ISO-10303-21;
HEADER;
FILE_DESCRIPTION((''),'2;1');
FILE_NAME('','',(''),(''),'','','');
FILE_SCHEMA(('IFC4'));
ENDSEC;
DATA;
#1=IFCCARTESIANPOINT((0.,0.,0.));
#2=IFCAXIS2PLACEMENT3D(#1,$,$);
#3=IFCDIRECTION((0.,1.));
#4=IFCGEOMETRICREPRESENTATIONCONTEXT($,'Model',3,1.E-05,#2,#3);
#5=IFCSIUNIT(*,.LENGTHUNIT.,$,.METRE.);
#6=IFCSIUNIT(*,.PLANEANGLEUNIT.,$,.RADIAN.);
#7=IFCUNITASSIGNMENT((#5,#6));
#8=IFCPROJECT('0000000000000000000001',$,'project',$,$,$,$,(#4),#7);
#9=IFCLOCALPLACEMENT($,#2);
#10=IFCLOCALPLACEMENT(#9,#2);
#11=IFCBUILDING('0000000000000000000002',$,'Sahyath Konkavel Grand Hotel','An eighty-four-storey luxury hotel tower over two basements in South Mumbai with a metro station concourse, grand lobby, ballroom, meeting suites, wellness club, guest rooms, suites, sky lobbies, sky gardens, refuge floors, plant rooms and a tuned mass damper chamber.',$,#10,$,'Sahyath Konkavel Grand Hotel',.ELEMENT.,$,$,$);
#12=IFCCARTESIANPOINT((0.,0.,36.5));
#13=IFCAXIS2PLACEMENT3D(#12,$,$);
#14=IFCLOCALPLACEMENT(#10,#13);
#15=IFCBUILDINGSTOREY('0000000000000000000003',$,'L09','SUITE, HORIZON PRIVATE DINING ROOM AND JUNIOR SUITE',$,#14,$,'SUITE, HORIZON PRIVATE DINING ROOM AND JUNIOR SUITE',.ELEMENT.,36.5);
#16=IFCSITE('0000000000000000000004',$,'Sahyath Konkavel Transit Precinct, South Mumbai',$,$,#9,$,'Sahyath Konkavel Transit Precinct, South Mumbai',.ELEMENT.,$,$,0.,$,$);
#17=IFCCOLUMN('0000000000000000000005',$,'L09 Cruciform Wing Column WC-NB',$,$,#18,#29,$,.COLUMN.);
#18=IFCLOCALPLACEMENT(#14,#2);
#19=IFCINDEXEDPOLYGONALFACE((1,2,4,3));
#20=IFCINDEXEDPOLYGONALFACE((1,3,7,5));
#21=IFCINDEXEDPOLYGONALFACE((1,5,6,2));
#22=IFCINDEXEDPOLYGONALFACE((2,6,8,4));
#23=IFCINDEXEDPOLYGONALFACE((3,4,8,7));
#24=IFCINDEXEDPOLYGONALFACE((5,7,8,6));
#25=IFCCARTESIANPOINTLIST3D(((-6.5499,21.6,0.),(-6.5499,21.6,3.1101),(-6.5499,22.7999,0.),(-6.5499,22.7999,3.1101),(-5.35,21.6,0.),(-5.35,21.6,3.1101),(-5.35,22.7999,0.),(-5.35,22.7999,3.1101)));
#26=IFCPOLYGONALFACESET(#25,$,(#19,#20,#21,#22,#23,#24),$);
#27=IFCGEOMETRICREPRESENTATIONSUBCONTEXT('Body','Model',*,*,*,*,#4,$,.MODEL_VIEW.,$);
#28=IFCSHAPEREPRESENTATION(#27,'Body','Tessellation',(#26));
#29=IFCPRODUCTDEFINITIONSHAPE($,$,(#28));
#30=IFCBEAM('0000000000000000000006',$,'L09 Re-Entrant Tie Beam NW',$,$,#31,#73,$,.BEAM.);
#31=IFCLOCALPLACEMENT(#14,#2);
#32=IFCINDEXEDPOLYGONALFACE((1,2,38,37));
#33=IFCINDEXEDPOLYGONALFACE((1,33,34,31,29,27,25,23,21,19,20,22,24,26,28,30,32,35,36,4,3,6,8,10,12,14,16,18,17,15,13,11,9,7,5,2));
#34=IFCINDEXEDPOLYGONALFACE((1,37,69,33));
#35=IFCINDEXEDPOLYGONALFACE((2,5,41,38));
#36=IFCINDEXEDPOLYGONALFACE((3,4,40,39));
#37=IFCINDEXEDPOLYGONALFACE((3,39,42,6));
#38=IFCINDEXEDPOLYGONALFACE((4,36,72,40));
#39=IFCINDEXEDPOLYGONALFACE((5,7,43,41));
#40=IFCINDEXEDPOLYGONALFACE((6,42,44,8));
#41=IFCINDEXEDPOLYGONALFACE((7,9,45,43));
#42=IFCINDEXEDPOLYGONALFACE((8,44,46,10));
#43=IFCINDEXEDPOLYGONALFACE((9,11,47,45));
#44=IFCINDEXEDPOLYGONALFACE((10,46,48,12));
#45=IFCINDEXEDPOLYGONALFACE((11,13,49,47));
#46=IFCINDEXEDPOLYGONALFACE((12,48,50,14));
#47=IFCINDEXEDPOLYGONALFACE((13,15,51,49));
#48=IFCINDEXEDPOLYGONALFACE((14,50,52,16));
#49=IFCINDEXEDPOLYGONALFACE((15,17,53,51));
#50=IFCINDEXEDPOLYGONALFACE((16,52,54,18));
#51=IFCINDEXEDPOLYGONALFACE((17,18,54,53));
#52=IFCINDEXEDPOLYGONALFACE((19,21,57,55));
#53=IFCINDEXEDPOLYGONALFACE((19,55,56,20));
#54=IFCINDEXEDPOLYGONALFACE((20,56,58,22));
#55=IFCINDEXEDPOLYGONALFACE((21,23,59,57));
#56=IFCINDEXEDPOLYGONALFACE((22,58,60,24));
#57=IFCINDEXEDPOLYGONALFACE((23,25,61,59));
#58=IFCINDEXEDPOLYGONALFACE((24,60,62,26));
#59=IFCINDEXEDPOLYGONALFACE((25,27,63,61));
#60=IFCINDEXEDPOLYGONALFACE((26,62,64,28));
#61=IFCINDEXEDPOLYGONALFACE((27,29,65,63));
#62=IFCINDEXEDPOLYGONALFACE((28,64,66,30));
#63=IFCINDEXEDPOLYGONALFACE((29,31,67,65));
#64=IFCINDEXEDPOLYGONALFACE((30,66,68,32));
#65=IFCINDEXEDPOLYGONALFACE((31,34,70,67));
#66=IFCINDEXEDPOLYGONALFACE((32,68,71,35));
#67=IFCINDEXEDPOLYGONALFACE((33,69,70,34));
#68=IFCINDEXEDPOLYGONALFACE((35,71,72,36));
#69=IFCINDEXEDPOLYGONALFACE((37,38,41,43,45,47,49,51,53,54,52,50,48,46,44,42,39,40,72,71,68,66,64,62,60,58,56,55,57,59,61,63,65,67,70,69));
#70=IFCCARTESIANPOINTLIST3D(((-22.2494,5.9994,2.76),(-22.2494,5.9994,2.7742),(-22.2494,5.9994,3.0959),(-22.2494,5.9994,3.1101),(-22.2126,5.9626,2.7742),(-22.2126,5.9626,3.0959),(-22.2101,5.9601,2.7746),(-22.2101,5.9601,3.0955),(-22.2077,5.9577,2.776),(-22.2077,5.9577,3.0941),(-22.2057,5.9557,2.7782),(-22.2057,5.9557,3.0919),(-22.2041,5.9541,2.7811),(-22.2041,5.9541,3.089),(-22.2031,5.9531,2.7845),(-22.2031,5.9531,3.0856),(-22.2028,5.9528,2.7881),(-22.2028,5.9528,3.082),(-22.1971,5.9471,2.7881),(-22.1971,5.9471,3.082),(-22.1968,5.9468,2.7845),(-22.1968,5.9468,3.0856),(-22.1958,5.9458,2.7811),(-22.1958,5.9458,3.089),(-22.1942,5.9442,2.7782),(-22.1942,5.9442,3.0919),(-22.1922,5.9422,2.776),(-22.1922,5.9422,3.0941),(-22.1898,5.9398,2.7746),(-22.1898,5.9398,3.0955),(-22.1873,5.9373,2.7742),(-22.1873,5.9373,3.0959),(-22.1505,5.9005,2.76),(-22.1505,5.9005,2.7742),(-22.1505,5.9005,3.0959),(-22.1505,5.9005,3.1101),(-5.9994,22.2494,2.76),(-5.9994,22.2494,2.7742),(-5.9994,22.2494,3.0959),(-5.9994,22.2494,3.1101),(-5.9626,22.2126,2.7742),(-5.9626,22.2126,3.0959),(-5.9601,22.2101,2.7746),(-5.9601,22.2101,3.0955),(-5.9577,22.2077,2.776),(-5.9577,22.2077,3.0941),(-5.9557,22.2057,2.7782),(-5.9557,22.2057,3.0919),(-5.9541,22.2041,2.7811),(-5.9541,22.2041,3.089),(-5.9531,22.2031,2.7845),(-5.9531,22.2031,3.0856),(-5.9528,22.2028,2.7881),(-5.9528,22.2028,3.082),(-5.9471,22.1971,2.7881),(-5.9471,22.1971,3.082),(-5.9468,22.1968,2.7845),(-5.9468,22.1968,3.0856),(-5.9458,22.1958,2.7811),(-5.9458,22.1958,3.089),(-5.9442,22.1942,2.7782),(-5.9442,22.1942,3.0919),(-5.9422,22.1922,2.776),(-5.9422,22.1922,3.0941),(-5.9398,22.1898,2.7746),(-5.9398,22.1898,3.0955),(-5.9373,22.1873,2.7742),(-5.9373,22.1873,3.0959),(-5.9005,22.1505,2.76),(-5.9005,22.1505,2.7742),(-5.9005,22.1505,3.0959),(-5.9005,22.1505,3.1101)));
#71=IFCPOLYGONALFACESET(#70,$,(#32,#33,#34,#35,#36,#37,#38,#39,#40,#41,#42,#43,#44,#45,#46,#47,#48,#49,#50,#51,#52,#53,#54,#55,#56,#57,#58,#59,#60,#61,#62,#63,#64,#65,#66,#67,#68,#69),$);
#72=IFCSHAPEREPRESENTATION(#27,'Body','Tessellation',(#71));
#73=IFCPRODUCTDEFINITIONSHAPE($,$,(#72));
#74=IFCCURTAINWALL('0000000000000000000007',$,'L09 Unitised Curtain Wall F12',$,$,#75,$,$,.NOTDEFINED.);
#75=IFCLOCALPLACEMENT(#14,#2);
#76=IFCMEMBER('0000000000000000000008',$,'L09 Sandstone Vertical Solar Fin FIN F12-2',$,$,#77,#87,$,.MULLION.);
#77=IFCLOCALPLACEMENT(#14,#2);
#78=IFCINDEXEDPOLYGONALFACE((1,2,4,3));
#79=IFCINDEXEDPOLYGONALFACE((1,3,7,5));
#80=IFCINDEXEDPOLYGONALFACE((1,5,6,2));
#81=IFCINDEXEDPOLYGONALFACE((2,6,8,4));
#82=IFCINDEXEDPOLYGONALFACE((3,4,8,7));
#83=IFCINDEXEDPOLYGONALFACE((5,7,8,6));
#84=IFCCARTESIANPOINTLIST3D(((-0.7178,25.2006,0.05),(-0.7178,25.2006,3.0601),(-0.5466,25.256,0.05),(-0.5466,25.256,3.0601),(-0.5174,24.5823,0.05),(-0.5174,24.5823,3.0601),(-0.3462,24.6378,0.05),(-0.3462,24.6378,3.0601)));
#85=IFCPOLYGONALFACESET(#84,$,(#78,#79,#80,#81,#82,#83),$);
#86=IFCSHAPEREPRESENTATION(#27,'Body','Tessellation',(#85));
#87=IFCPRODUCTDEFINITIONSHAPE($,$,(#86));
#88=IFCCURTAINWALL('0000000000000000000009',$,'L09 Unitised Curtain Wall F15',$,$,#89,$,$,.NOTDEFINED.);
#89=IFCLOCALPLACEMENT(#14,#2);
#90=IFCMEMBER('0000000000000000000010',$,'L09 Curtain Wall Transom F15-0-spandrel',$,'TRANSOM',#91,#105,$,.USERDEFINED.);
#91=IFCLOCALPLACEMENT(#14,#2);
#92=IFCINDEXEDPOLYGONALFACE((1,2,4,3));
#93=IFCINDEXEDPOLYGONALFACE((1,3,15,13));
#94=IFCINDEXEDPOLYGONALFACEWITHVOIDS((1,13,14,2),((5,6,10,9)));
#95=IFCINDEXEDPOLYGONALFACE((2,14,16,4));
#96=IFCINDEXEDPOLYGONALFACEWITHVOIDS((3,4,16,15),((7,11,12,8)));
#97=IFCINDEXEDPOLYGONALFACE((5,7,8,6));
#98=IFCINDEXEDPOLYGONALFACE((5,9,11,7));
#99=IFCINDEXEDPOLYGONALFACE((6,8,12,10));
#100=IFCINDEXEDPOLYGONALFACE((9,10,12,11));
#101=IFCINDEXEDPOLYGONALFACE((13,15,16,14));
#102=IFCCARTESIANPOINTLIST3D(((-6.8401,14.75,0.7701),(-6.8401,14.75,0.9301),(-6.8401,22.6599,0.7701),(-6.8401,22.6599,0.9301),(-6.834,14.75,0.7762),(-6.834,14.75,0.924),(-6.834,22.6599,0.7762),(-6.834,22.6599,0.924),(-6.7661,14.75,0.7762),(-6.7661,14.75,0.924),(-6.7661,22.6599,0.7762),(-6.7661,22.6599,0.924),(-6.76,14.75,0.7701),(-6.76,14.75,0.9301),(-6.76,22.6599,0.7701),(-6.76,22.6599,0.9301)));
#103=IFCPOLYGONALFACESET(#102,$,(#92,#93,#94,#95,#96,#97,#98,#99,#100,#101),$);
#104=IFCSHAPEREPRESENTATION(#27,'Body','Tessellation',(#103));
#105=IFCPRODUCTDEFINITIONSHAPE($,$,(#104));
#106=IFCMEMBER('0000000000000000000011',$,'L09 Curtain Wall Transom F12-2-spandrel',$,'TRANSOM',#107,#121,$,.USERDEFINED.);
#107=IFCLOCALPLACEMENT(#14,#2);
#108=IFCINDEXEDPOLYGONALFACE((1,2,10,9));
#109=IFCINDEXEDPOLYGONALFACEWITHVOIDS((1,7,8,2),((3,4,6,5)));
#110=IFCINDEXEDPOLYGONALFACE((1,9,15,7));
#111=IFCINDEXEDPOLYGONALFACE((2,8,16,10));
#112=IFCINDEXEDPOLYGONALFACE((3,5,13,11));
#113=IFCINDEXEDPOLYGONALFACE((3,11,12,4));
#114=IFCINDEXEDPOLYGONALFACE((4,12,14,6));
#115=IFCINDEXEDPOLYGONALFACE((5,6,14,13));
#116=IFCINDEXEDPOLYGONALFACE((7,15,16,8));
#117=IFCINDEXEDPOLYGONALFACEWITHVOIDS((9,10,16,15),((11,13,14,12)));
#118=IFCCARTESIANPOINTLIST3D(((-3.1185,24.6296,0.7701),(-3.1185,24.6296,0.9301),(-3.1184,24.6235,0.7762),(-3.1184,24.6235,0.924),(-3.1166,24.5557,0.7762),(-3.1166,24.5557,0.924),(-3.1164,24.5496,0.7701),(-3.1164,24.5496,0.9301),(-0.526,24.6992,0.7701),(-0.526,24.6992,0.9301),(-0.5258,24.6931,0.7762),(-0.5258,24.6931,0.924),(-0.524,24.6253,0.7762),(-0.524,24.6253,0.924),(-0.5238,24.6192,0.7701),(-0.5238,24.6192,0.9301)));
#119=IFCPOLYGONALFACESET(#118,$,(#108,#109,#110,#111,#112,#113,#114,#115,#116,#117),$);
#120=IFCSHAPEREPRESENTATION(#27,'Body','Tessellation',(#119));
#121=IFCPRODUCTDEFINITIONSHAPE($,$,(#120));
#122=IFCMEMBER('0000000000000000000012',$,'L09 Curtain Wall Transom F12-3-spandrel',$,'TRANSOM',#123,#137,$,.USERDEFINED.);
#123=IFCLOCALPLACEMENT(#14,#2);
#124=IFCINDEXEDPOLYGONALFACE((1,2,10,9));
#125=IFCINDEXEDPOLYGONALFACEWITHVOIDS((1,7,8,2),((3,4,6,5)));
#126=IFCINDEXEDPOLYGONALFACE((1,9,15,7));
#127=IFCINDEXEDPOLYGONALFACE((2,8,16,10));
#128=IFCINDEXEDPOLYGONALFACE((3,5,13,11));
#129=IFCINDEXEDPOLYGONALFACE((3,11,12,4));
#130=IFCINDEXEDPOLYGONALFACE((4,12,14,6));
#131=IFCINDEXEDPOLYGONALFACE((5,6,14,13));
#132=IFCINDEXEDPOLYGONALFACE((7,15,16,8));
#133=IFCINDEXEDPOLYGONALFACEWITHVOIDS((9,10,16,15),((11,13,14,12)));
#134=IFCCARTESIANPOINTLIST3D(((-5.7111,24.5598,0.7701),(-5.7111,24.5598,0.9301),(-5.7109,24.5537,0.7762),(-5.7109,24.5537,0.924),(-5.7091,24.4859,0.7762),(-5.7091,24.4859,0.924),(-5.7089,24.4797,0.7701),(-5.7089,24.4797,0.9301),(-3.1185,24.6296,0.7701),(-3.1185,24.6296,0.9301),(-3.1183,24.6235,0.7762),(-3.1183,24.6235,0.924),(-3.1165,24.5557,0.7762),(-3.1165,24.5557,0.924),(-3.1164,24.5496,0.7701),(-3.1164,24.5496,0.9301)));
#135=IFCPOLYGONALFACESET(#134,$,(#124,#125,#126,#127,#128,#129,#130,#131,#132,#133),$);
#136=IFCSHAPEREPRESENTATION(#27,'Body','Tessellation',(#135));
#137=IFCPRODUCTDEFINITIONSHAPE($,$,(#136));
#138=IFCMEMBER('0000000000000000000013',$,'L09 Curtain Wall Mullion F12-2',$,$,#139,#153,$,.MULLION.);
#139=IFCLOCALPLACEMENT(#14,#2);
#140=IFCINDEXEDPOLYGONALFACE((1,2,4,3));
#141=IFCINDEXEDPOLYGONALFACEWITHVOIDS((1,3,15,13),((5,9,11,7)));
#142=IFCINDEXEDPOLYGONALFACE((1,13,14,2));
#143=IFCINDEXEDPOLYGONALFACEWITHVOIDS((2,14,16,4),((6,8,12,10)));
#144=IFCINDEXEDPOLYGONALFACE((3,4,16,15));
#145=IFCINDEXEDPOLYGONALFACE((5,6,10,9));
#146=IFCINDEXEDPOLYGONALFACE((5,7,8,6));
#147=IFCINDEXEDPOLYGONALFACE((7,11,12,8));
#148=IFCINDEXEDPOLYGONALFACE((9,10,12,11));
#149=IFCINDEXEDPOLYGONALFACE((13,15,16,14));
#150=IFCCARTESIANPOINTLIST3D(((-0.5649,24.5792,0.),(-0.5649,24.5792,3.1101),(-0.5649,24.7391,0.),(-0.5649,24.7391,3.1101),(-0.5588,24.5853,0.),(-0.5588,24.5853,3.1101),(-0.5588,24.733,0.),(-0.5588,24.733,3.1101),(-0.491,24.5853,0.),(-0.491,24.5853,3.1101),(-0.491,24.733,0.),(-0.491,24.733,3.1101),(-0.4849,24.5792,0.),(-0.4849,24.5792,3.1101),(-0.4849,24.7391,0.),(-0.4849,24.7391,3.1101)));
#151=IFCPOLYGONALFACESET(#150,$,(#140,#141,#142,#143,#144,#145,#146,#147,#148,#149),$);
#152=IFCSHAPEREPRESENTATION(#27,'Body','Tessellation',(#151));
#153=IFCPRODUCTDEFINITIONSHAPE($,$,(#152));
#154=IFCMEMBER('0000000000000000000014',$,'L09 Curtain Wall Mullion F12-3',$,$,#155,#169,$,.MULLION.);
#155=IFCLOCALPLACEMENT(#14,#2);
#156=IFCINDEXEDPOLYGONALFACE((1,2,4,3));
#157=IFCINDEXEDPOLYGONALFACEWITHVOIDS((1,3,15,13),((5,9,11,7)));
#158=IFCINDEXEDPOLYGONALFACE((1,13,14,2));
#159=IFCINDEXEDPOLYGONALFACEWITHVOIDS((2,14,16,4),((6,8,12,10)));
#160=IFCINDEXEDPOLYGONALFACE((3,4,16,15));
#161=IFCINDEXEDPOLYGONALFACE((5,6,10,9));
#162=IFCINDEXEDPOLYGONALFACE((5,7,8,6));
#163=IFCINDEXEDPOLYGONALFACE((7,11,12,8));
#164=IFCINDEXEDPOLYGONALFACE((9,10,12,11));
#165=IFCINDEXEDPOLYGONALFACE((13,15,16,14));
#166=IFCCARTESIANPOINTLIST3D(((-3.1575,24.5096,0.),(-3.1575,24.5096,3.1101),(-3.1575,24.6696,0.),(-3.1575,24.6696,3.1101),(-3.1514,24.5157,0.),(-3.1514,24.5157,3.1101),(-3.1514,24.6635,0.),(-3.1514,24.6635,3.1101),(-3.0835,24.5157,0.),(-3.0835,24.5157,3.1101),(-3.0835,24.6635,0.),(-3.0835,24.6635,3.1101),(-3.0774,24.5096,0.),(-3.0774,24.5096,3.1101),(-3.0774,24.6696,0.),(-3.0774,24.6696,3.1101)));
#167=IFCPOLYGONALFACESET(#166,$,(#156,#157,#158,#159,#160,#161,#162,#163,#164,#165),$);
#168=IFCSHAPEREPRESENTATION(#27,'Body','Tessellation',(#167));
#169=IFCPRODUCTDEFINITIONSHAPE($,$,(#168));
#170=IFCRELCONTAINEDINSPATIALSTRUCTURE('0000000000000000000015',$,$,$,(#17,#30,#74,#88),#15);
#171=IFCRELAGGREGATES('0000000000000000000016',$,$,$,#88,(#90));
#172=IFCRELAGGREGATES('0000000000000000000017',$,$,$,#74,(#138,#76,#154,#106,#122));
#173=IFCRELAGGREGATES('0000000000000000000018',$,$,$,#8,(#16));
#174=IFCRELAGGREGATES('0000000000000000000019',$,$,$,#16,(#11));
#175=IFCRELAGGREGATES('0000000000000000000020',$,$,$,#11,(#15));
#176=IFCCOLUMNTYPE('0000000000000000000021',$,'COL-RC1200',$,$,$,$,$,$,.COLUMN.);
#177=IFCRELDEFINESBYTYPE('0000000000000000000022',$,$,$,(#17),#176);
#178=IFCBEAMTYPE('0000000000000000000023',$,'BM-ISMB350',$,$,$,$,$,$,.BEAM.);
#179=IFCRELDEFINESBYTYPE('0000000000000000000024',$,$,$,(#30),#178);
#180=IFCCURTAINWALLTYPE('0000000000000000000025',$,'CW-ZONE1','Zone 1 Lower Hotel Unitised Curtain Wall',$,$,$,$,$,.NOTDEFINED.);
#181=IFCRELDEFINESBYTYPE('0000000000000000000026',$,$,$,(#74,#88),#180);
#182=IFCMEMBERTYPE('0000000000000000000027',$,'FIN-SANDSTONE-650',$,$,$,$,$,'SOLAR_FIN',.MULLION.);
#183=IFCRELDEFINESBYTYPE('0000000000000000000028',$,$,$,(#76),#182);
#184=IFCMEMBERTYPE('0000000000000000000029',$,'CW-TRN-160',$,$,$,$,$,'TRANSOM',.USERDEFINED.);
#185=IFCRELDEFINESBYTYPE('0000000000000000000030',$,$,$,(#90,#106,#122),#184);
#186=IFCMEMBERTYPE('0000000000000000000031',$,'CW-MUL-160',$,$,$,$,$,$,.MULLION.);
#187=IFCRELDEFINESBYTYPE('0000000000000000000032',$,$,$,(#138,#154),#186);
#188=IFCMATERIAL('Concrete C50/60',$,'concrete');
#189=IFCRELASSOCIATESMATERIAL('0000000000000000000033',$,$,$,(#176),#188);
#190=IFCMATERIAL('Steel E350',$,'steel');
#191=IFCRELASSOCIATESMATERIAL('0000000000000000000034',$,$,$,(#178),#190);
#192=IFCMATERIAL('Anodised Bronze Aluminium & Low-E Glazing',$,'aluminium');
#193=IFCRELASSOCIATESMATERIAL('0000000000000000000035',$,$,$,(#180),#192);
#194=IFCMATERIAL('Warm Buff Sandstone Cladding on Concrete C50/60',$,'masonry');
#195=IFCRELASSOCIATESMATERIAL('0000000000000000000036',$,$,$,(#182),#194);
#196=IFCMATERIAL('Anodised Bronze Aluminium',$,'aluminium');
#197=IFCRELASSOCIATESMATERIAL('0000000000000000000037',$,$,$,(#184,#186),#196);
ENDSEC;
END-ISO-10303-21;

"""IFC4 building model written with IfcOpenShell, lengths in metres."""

from ifc_helpers import new_model, si_unit, direction, frame, origin, origin_2d, place, context, subcontext, project, spatial, rectangle, hollow_rectangle, i_section, extrude, source, transform, mapped, material, material_profile, profile_set, type_object, element, aggregate, save


model = new_model("IFC4")

# Units and contexts
model_context = context("Model", 3, precision=1e-05, world=origin(), true_north=direction((0.0, 1.0)))
body_context = subcontext(model_context, "Body", "Model", "MODEL_VIEW")
ifc_project = project(units=[si_unit("LENGTHUNIT", "METRE"), si_unit("PLANEANGLEUNIT", "RADIAN")], contexts=[model_context])

# Site, building, storey
site_placement = place(None, origin())
site = spatial("IfcSite", under=ifc_project, at=site_placement, Name="Sahyath Konkavel Transit Precinct, South Mumbai", LongName="Sahyath Konkavel Transit Precinct, South Mumbai", CompositionType="ELEMENT", RefElevation=0.0)
building_placement = place(site_placement, origin())
building = spatial("IfcBuilding", under=site, at=building_placement, Name="Sahyath Konkavel Grand Hotel", Description="An eighty-four-storey luxury hotel tower over two basements in South Mumbai with a metro station concourse, grand lobby, ballroom, meeting suites, wellness club, guest rooms, suites, sky lobbies, sky gardens, refuge floors, plant rooms and a tuned mass damper chamber.", LongName="Sahyath Konkavel Grand Hotel", CompositionType="ELEMENT")
storey_placement = place(building_placement, frame((0.0, 0.0, 36.5)))
storey = spatial("IfcBuildingStorey", under=building, at=storey_placement, Name="L09", Description="SUITE, HORIZON PRIVATE DINING ROOM AND JUNIOR SUITE", LongName="SUITE, HORIZON PRIVATE DINING ROOM AND JUNIOR SUITE", CompositionType="ELEMENT", Elevation=36.5)

# Column
ifc_material_1 = material(Name="Concrete C50/60", Category="concrete")
ifc_material_profile_1 = material_profile(ifc_material_1, rectangle(XDim=1.2, YDim=1.2, at=origin_2d()), Name="RC 1200x1200")
ifc_profile_set_1 = profile_set([ifc_material_profile_1], Name="Concrete C50/60")
column_type = type_object("IfcColumnType", Name="COL-RC1200", PredefinedType="COLUMN", material=ifc_profile_set_1)
shared_shape_1 = source(origin(), body_context, "Body", "SweptSolid", [
    extrude(rectangle(XDim=1.2, YDim=1.2, at=origin_2d()), origin(), (0.0, 0.0, 1.0), 3.1101),
])
column_placement = place(storey_placement, frame((-5.95, 22.2, 0.0), z_axis=(0.0, 0.0, 1.0), x_axis=(1.0, 0.0, 0.0)))
element("IfcColumn", 1, at=column_placement, inside=storey, type_object=column_type, Name="L09 Cruciform Wing Column WC-NB", PredefinedType="COLUMN", context=body_context, shape_type="MappedRepresentation", body=[
    mapped(shared_shape_1, transform((0.0, 0.0, 0.0), scale=1.0)),
])

# Beam
ifc_material_2 = material(Name="Steel E350", Category="steel")
ifc_material_profile_2 = material_profile(ifc_material_2, i_section(OverallWidth=0.1399, OverallDepth=0.3501, WebThickness=0.0081, FlangeThickness=0.0142, FilletRadius=0.0139, at=origin_2d()), Name="ISMB 350")
ifc_profile_set_2 = profile_set([ifc_material_profile_2], Name="Steel E350")
beam_type = type_object("IfcBeamType", Name="BM-ISMB350", PredefinedType="BEAM", material=ifc_profile_set_2)
shared_shape_2 = source(origin(), body_context, "Body", "SweptSolid", [
    extrude(i_section(OverallWidth=0.1399, OverallDepth=0.3501, WebThickness=0.0081, FlangeThickness=0.0142, FilletRadius=0.0139, at=origin_2d()), origin(), (0.0, 0.0, 1.0), 22.981),
])
beam_placement = place(storey_placement, frame((-5.95, 22.2, 2.9351), z_axis=(-0.707107, -0.707107, 0.0), x_axis=(0.707107, -0.707107, 0.0)))
element("IfcBeam", 2, at=beam_placement, inside=storey, type_object=beam_type, Name="L09 Re-Entrant Tie Beam NW", PredefinedType="BEAM", context=body_context, shape_type="MappedRepresentation", body=[
    mapped(shared_shape_2, transform((0.0, 0.0, 0.0), scale=1.0)),
])

# Curtain walls, members
ifc_material_3 = material(Name="Anodised Bronze Aluminium & Low-E Glazing", Category="aluminium")
curtain_wall_type = type_object("IfcCurtainWallType", Name="CW-ZONE1", Description="Zone 1 Lower Hotel Unitised Curtain Wall", PredefinedType="NOTDEFINED", material=ifc_material_3)
curtain_wall_1_placement = place(storey_placement, origin())
curtain_wall_1 = element("IfcCurtainWall", 3, at=curtain_wall_1_placement, inside=storey, type_object=curtain_wall_type, Name="L09 Unitised Curtain Wall F12", PredefinedType="NOTDEFINED")
ifc_material_4 = material(Name="Warm Buff Sandstone Cladding on Concrete C50/60", Category="masonry")
ifc_material_profile_3 = material_profile(ifc_material_4, rectangle(XDim=0.1799, YDim=0.6499, at=origin_2d()), Name="FIN 180x650")
ifc_profile_set_3 = profile_set([ifc_material_profile_3], Name="Warm Buff Sandstone Cladding on Concrete C50/60")
member_type_1 = type_object("IfcMemberType", Name="FIN-SANDSTONE-650", ElementType="SOLAR_FIN", PredefinedType="MULLION", material=ifc_profile_set_3)
shared_shape_3 = source(origin(), body_context, "Body", "SweptSolid", [
    extrude(rectangle(XDim=0.1799, YDim=0.6499, at=origin_2d()), origin(), (0.0, 0.0, 1.0), 3.01),
])
member_1_placement = place(storey_placement, frame((-0.532, 24.9192, 0.05), z_axis=(0.0, 0.0, 1.0), x_axis=(0.951272, 0.308353, 0.0)))
member_1 = element("IfcMember", 4, at=member_1_placement, type_object=member_type_1, Name="L09 Sandstone Vertical Solar Fin FIN F12-2", PredefinedType="MULLION", context=body_context, shape_type="MappedRepresentation", body=[
    mapped(shared_shape_3, transform((0.0, 0.0, 0.0), scale=1.0)),
])
curtain_wall_2_placement = place(storey_placement, origin())
curtain_wall_2 = element("IfcCurtainWall", 5, at=curtain_wall_2_placement, inside=storey, type_object=curtain_wall_type, Name="L09 Unitised Curtain Wall F15", PredefinedType="NOTDEFINED")
ifc_material_5 = material(Name="Anodised Bronze Aluminium", Category="aluminium")
ifc_material_profile_4 = material_profile(ifc_material_5, hollow_rectangle(XDim=0.0801, YDim=0.1599, WallThickness=0.0061, at=origin_2d()), Name="RHS 160x80x6")
ifc_profile_set_4 = profile_set([ifc_material_profile_4], Name="Anodised Bronze Aluminium")
member_type_2 = type_object("IfcMemberType", Name="CW-TRN-160", ElementType="TRANSOM", PredefinedType="USERDEFINED", material=ifc_profile_set_4)
shared_shape_4 = source(origin(), body_context, "Body", "SweptSolid", [
    extrude(hollow_rectangle(XDim=0.0801, YDim=0.1599, WallThickness=0.0061, at=origin_2d()), origin(), (0.0, 0.0, 1.0), 7.9099),
])
member_2_placement = place(storey_placement, frame((-6.8, 22.6599, 0.8501), z_axis=(0.0, -1.0, 0.0), x_axis=(1.0, 0.0, 0.0)))
member_2 = element("IfcMember", 6, at=member_2_placement, type_object=member_type_2, Name="L09 Curtain Wall Transom F15-0-spandrel", ObjectType="TRANSOM", PredefinedType="USERDEFINED", context=body_context, shape_type="MappedRepresentation", body=[
    mapped(shared_shape_4, transform((0.0, 0.0, 0.0), scale=1.0)),
])

# Members
shared_shape_5 = source(origin(), body_context, "Body", "SweptSolid", [
    extrude(hollow_rectangle(XDim=0.0801, YDim=0.1599, WallThickness=0.0061, at=origin_2d()), origin(), (0.0, 0.0, 1.0), 2.5935),
])
member_3_placement = place(storey_placement, frame((-0.5249, 24.6592, 0.8501), z_axis=(-0.99964, -0.026829, 0.0), x_axis=(0.026829, -0.99964, 0.0)))
member_3 = element("IfcMember", 7, at=member_3_placement, type_object=member_type_2, Name="L09 Curtain Wall Transom F12-2-spandrel", ObjectType="TRANSOM", PredefinedType="USERDEFINED", context=body_context, shape_type="MappedRepresentation", body=[
    mapped(shared_shape_5, transform((0.0, 0.0, 0.0), scale=1.0)),
])
member_4_placement = place(storey_placement, frame((-3.1174, 24.5896, 0.8501), z_axis=(-0.999638, -0.026923, 0.0), x_axis=(0.026923, -0.999638, 0.0)))
member_4 = element("IfcMember", 8, at=member_4_placement, type_object=member_type_2, Name="L09 Curtain Wall Transom F12-3-spandrel", ObjectType="TRANSOM", PredefinedType="USERDEFINED", context=body_context, shape_type="MappedRepresentation", body=[
    mapped(shared_shape_5, transform((0.0, 0.0, 0.0), scale=1.0)),
])
ifc_material_profile_5 = material_profile(ifc_material_5, hollow_rectangle(XDim=0.0801, YDim=0.1599, WallThickness=0.0061, at=origin_2d()), Name="RHS 160x80x6")
ifc_profile_set_5 = profile_set([ifc_material_profile_5], Name="Anodised Bronze Aluminium")
member_type_3 = type_object("IfcMemberType", Name="CW-MUL-160", PredefinedType="MULLION", material=ifc_profile_set_5)
shared_shape_6 = source(origin(), body_context, "Body", "SweptSolid", [
    extrude(hollow_rectangle(XDim=0.0801, YDim=0.1599, WallThickness=0.0061, at=origin_2d()), origin(), (0.0, 0.0, 1.0), 3.1101),
])
member_5_placement = place(storey_placement, frame((-0.5249, 24.6592, 0.0), z_axis=(0.0, 0.0, 1.0), x_axis=(1.0, 0.0, 0.0)))
member_5 = element("IfcMember", 9, at=member_5_placement, type_object=member_type_3, Name="L09 Curtain Wall Mullion F12-2", PredefinedType="MULLION", context=body_context, shape_type="MappedRepresentation", body=[
    mapped(shared_shape_6, transform((0.0, 0.0, 0.0), scale=1.0)),
])
member_6_placement = place(storey_placement, frame((-3.1174, 24.5896, 0.0), z_axis=(0.0, 0.0, 1.0), x_axis=(1.0, 0.0, 0.0)))
member_6 = element("IfcMember", 10, at=member_6_placement, type_object=member_type_3, Name="L09 Curtain Wall Mullion F12-3", PredefinedType="MULLION", context=body_context, shape_type="MappedRepresentation", body=[
    mapped(shared_shape_6, transform((0.0, 0.0, 0.0), scale=1.0)),
])

aggregate(curtain_wall_2, [member_2])
aggregate(curtain_wall_1, [member_5, member_1, member_6, member_3, member_4])

save(model, "model.ifc")
